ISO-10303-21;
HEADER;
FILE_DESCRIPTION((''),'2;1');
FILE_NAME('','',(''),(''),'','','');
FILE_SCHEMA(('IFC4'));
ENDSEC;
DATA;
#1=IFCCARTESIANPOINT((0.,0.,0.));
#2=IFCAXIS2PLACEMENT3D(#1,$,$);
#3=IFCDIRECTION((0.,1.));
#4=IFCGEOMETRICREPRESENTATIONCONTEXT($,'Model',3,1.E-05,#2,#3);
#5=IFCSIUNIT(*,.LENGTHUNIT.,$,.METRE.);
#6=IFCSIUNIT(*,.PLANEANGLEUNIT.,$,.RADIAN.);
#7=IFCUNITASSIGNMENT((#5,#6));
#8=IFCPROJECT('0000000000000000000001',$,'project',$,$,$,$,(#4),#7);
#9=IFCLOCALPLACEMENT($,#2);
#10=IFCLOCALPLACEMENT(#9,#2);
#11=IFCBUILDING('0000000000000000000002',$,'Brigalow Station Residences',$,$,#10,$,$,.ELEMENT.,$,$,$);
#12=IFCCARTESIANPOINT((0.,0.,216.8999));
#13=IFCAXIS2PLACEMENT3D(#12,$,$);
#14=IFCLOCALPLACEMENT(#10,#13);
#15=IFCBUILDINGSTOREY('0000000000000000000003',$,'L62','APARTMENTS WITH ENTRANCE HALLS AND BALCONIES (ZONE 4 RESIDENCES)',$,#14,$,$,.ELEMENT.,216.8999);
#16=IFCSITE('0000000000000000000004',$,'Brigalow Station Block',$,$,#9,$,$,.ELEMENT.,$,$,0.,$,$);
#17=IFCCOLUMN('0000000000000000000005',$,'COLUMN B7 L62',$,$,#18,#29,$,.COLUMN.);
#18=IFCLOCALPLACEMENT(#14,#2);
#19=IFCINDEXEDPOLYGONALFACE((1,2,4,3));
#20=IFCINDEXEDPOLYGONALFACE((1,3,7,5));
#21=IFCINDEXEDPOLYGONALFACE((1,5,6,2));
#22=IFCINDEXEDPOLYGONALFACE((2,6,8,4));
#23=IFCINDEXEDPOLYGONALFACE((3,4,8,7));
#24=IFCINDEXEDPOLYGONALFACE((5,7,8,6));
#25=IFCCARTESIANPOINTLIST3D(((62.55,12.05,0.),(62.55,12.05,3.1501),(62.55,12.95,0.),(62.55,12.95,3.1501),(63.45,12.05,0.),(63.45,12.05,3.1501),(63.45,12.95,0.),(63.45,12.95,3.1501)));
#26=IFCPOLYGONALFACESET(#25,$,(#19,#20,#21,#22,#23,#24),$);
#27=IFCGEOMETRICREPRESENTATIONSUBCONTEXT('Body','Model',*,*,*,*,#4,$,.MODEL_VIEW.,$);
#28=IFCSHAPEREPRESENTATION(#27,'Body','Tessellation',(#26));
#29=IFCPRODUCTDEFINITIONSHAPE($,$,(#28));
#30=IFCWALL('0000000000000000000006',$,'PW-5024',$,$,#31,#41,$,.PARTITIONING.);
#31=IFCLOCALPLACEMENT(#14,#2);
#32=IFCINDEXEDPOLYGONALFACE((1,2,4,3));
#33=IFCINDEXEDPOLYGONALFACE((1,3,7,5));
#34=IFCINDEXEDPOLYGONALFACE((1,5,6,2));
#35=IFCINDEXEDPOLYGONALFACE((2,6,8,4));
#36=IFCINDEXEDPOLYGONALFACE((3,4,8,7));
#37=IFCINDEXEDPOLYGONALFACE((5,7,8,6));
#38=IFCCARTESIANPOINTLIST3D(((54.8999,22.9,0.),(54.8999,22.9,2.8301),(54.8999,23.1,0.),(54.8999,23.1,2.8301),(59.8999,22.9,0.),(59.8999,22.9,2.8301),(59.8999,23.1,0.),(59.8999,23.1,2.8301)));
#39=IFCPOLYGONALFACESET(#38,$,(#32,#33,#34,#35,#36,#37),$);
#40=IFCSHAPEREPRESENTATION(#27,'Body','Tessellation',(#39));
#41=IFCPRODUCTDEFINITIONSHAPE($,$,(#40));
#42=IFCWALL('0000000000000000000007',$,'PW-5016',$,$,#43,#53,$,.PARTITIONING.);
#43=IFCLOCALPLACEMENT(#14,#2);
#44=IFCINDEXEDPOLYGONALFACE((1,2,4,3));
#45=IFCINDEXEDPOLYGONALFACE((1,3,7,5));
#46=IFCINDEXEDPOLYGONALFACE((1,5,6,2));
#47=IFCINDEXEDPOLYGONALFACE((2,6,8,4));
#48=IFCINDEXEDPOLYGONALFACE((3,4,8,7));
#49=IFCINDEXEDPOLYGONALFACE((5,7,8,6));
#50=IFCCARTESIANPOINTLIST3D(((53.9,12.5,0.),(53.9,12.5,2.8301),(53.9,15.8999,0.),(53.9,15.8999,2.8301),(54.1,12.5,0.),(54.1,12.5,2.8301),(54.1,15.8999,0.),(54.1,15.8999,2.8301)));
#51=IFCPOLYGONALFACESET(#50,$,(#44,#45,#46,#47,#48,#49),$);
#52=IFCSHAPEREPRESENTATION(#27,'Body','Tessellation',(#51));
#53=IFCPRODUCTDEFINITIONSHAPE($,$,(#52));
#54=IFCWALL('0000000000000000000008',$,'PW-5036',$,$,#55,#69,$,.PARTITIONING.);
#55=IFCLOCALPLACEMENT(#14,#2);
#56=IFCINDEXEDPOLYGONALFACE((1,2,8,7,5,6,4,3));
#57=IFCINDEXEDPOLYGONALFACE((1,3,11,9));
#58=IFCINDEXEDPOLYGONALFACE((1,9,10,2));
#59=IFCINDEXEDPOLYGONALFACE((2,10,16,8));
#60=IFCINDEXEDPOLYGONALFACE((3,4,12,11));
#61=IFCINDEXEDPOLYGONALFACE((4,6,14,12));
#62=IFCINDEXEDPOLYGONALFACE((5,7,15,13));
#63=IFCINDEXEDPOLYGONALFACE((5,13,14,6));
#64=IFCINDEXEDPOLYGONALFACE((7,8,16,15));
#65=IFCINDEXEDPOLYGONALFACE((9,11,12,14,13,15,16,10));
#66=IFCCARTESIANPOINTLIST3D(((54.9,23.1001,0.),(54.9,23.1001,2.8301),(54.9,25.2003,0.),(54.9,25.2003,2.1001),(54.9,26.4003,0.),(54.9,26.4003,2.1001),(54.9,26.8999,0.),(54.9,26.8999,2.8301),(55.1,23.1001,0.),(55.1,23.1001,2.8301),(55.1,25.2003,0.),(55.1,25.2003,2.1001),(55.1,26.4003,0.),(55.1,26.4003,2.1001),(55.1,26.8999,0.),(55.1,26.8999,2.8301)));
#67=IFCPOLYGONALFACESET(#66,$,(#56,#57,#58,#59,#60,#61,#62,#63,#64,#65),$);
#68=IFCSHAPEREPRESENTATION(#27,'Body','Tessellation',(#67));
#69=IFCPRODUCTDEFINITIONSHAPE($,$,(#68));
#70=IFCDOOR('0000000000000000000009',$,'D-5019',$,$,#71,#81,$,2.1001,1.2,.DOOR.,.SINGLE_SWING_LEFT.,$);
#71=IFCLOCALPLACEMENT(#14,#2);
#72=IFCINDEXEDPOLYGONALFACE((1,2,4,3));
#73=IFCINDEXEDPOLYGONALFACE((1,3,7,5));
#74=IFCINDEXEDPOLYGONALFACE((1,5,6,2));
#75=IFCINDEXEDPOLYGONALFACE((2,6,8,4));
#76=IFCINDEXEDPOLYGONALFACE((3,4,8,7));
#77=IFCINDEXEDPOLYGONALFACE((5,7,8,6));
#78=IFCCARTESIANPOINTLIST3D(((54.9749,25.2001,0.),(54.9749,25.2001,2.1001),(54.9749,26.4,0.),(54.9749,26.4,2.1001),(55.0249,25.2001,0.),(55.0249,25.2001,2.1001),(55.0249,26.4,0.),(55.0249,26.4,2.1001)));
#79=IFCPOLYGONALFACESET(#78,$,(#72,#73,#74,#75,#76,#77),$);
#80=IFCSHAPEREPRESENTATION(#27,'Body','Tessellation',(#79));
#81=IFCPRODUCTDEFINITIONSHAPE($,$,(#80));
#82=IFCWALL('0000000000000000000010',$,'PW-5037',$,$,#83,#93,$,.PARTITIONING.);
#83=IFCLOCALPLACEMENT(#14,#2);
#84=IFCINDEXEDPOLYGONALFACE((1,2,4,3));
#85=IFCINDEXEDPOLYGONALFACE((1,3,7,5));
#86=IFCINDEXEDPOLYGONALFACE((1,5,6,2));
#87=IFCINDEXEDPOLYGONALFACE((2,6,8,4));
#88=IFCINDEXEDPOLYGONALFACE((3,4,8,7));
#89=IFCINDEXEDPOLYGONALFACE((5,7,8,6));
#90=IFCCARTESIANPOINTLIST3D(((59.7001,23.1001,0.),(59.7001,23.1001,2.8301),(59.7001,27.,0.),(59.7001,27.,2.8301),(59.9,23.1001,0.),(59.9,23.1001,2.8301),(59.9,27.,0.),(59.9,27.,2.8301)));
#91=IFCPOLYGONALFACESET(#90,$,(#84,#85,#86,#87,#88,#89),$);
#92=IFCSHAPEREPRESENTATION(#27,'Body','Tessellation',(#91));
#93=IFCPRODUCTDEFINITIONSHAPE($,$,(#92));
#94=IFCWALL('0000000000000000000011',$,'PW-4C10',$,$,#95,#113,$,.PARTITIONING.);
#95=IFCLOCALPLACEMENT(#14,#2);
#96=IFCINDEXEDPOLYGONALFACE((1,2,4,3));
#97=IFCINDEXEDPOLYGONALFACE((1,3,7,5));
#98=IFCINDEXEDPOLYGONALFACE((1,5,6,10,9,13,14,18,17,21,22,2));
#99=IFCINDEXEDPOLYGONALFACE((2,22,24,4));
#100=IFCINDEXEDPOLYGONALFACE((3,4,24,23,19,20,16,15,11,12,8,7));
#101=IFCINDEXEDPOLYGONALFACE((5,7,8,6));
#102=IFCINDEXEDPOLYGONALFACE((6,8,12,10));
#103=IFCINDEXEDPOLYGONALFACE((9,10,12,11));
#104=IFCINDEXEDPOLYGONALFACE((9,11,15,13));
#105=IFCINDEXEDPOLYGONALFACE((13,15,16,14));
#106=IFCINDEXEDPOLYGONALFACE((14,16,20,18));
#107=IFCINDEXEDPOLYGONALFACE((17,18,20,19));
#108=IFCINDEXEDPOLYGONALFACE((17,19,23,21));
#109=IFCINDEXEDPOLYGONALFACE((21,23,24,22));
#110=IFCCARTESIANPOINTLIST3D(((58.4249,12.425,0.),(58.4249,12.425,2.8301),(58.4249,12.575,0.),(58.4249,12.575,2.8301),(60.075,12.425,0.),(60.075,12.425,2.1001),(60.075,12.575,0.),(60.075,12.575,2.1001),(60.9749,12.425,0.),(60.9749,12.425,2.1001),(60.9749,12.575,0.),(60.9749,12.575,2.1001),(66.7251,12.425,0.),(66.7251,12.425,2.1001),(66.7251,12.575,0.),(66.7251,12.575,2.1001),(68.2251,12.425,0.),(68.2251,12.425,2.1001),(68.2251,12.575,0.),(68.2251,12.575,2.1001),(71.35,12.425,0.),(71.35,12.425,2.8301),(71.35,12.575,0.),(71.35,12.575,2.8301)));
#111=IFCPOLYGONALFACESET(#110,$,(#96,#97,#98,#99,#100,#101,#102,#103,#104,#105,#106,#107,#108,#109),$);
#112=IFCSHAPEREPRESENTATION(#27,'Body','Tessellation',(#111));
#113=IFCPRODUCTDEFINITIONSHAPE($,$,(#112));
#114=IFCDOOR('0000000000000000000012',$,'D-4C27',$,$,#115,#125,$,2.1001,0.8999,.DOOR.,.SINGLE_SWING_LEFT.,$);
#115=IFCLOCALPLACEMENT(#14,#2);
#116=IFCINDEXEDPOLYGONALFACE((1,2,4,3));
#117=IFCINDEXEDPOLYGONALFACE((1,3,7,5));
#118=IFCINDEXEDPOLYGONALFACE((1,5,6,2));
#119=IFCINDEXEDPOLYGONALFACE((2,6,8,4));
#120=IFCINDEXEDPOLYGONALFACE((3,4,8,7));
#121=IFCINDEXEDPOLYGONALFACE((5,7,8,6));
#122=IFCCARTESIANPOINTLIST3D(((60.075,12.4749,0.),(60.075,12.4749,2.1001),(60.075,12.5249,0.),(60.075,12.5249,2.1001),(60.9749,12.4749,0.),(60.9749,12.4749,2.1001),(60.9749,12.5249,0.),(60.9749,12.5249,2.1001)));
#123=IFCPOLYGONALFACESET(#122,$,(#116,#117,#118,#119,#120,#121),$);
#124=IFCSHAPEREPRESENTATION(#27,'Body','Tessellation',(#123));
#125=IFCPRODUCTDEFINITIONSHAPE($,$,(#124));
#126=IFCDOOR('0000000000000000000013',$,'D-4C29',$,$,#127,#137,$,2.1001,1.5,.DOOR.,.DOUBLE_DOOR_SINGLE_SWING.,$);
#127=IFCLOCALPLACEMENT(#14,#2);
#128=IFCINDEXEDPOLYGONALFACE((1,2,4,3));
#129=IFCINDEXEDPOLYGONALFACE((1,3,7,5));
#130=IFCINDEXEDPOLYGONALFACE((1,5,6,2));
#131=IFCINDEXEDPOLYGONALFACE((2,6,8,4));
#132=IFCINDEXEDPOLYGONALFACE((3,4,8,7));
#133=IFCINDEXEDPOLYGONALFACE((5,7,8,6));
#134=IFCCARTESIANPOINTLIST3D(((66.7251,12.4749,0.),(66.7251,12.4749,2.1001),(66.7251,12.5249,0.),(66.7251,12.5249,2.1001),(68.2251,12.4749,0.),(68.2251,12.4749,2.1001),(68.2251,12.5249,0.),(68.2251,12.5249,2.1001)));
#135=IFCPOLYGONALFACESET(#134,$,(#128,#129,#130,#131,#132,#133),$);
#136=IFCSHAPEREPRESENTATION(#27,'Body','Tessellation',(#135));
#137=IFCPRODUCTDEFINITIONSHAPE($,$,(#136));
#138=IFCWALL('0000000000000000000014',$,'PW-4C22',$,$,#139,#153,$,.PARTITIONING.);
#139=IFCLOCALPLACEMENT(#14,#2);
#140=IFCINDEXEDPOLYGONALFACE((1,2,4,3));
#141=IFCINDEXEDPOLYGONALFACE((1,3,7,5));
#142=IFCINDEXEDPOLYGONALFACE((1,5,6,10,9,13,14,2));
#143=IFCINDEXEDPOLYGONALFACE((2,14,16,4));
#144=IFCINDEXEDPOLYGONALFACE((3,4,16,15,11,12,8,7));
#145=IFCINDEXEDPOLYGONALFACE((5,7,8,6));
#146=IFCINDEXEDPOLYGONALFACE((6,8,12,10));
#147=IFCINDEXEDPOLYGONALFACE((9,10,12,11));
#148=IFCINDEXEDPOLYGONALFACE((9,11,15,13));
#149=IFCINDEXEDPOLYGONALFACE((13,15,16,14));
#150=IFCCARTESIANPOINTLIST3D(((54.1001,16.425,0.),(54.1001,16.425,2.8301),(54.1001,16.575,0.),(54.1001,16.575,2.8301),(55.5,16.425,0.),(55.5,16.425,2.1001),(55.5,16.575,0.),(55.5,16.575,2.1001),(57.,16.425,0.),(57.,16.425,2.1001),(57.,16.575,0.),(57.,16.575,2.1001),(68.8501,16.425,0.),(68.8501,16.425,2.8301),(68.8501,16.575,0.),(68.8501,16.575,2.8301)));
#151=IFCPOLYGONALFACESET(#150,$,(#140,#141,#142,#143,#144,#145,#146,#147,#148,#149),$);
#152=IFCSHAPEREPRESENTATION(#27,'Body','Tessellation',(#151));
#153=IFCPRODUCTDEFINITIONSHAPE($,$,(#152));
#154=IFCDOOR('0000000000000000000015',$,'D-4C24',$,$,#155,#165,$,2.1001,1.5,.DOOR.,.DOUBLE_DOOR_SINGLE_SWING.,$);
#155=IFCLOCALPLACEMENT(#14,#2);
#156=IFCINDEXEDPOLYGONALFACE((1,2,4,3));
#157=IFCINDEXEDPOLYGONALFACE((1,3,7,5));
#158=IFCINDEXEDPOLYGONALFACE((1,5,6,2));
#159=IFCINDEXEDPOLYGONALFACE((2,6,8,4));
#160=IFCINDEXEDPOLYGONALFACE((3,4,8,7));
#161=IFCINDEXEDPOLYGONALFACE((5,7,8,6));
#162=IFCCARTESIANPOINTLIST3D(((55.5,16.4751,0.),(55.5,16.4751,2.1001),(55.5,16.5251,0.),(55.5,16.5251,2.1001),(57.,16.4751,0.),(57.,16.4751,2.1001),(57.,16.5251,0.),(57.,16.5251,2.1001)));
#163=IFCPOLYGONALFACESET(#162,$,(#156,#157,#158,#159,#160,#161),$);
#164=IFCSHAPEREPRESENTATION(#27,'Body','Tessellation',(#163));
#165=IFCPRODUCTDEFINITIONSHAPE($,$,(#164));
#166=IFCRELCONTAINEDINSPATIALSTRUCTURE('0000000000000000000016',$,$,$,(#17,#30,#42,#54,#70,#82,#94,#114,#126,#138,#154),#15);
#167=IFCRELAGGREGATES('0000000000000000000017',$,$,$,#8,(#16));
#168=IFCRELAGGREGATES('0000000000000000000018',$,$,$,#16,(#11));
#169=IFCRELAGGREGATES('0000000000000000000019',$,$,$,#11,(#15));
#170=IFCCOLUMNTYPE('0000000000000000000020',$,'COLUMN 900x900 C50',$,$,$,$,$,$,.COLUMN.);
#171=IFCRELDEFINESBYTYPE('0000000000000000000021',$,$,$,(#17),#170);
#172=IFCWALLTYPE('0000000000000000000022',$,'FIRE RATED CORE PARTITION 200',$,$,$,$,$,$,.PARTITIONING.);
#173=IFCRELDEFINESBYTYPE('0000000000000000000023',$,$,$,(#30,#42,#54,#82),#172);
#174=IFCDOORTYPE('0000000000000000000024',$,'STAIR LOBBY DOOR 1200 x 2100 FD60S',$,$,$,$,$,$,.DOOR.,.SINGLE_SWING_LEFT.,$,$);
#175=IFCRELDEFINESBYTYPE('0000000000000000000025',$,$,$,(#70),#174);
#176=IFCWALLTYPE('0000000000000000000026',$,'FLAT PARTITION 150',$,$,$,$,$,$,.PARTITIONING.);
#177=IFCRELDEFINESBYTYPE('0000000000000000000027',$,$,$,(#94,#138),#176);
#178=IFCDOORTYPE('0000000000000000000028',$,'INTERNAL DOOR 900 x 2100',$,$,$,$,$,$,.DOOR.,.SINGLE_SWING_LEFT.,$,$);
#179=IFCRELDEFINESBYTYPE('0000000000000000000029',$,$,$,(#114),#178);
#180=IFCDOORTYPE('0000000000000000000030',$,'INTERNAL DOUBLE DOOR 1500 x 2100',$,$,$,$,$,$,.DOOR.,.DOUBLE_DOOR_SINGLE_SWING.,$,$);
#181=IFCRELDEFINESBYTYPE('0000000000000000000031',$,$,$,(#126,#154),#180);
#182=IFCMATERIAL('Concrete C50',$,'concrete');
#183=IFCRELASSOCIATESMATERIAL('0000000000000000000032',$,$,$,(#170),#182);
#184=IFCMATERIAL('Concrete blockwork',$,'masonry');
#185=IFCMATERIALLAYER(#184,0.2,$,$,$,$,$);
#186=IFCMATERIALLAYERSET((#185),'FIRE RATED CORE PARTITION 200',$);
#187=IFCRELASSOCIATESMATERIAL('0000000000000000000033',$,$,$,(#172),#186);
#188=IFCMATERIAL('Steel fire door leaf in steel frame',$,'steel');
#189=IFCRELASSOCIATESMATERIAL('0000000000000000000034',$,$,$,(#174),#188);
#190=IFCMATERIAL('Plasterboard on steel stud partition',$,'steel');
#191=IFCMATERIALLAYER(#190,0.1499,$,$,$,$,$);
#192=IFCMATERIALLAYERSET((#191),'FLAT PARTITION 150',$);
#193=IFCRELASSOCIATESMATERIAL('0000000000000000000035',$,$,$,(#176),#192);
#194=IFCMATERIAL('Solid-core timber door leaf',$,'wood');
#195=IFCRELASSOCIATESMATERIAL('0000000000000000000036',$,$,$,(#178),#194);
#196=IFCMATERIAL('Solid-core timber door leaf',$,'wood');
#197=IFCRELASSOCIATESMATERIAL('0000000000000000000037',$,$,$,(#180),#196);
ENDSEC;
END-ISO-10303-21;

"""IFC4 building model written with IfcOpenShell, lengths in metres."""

from ifc_helpers import new_model, si_unit, direction, frame, frame_2d, origin, origin_2d, place, context, subcontext, project, spatial, rectangle, extrude, material, layer, layer_set, material_profile, profile_set, type_object, element, fill, save


model = new_model("IFC4")

# Units and contexts
model_context = context("Model", 3, precision=1e-05, world=origin(), true_north=direction((0.0, 1.0)))
body_context = subcontext(model_context, "Body", "Model", "MODEL_VIEW")
ifc_project = project(units=[si_unit("LENGTHUNIT", "METRE"), si_unit("PLANEANGLEUNIT", "RADIAN")], contexts=[model_context])

# Site, building, storey
site_placement = place(None, origin())
site = spatial("IfcSite", under=ifc_project, at=site_placement, Name="Brigalow Station Block", CompositionType="ELEMENT", RefElevation=0.0)
building_placement = place(site_placement, origin())
building = spatial("IfcBuilding", under=site, at=building_placement, Name="Brigalow Station Residences", CompositionType="ELEMENT")
storey_placement = place(building_placement, frame((0.0, 0.0, 216.8999)))
storey = spatial("IfcBuildingStorey", under=building, at=storey_placement, Name="L62", Description="APARTMENTS WITH ENTRANCE HALLS AND BALCONIES (ZONE 4 RESIDENCES)", CompositionType="ELEMENT", Elevation=216.8999)

# Column
ifc_material_1 = material(Name="Concrete C50", Category="concrete")
ifc_material_profile = material_profile(ifc_material_1, rectangle(XDim=0.8999, YDim=0.8999, at=origin_2d()), Name="RC900x900")
ifc_profile_set = profile_set([ifc_material_profile], Name="Concrete C50")
column_type = type_object("IfcColumnType", Name="COLUMN 900x900 C50", PredefinedType="COLUMN", material=ifc_profile_set)
column_placement = place(storey_placement, frame((63.0, 12.5, 0.0), z_axis=(0.0, 0.0, 1.0), x_axis=(1.0, 0.0, 0.0)))
element("IfcColumn", 1, at=column_placement, inside=storey, type_object=column_type, Name="COLUMN B7 L62", PredefinedType="COLUMN", context=body_context, shape_type="SweptSolid", body=[
    extrude(rectangle(XDim=0.8999, YDim=0.8999, at=origin_2d()), origin(), (0.0, 0.0, 1.0), 3.1501),
])

# Walls
ifc_material_2 = material(Name="Concrete blockwork", Category="masonry")
ifc_layer_1 = layer(ifc_material_2, 0.2)
ifc_layer_set_1 = layer_set([ifc_layer_1], Name="FIRE RATED CORE PARTITION 200")
wall_type_1 = type_object("IfcWallType", Name="FIRE RATED CORE PARTITION 200", PredefinedType="PARTITIONING", material=ifc_layer_set_1)
wall_1_placement = place(storey_placement, frame((54.8999, 23.0, 0.0), z_axis=(0.0, 0.0, 1.0), x_axis=(1.0, 0.0, 0.0)))
element("IfcWall", 2, at=wall_1_placement, inside=storey, type_object=wall_type_1, Name="PW-5024", PredefinedType="PARTITIONING", context=body_context, shape_type="SweptSolid", body=[
    extrude(rectangle(XDim=5.0, YDim=0.2, at=frame_2d((2.5, 0.0))), origin(), (0.0, 0.0, 1.0), 2.8301),
])
wall_2_placement = place(storey_placement, frame((54.0, 12.5, 0.0), z_axis=(0.0, 0.0, 1.0), x_axis=(0.0, 1.0, 0.0)))
element("IfcWall", 3, at=wall_2_placement, inside=storey, type_object=wall_type_1, Name="PW-5016", PredefinedType="PARTITIONING", context=body_context, shape_type="SweptSolid", body=[
    extrude(rectangle(XDim=3.3999, YDim=0.2, at=frame_2d((1.7, 0.0))), origin(), (0.0, 0.0, 1.0), 2.8301),
])

# Wall, opening, door
wall_3_placement = place(storey_placement, frame((55.0, 23.1001, 0.0), z_axis=(0.0, 0.0, 1.0), x_axis=(0.0, 1.0, 0.0)))
wall_3 = element("IfcWall", 4, at=wall_3_placement, inside=storey, type_object=wall_type_1, Name="PW-5036", PredefinedType="PARTITIONING", context=body_context, shape_type="SweptSolid", body=[
    extrude(rectangle(XDim=3.7998, YDim=0.2, at=frame_2d((1.8999, 0.0))), origin(), (0.0, 0.0, 1.0), 2.8301),
])
opening_1_placement = place(wall_3_placement, frame((2.1001, 0.0, 0.0)))
opening_1 = element("IfcOpeningElement", 5, at=opening_1_placement, cuts=wall_3, PredefinedType="OPENING", context=body_context, shape_type="SweptSolid", body=[
    extrude(rectangle(XDim=1.2, YDim=2.1001, at=frame_2d((0.6001, 1.05))), frame((0.0, 0.1099, 0.0), z_axis=(0.0, -1.0, 0.0), x_axis=(1.0, 0.0, 0.0)), (0.0, 0.0, 1.0), 0.22),
])
ifc_material_3 = material(Name="Steel fire door leaf in steel frame", Category="steel")
door_type_1 = type_object("IfcDoorType", Name="STAIR LOBBY DOOR 1200 x 2100 FD60S", OperationType="SINGLE_SWING_LEFT", PredefinedType="DOOR", material=ifc_material_3)
door_1_placement = place(opening_1_placement, frame((1.2, 0.0, 0.0), z_axis=(0.0, 0.0, 1.0), x_axis=(-1.0, 0.0, 0.0)))
door_1 = element("IfcDoor", 6, at=door_1_placement, inside=storey, type_object=door_type_1, Name="D-5019", OperationType="SINGLE_SWING_LEFT", OverallHeight=2.1001, OverallWidth=1.2, PredefinedType="DOOR", context=body_context, shape_type="SweptSolid", body=[
    extrude(rectangle(XDim=1.2, YDim=2.1001, at=frame_2d((0.6001, 1.05))), frame((0.0, 0.0249, 0.0), z_axis=(0.0, -1.0, 0.0), x_axis=(1.0, 0.0, 0.0)), (0.0, 0.0, 1.0), 0.05),
])
fill(opening_1, door_1)

# Wall
wall_4_placement = place(storey_placement, frame((59.8, 23.1001, 0.0), z_axis=(0.0, 0.0, 1.0), x_axis=(0.0, 1.0, 0.0)))
element("IfcWall", 7, at=wall_4_placement, inside=storey, type_object=wall_type_1, Name="PW-5037", PredefinedType="PARTITIONING", context=body_context, shape_type="SweptSolid", body=[
    extrude(rectangle(XDim=3.8999, YDim=0.2, at=frame_2d((1.95, 0.0))), origin(), (0.0, 0.0, 1.0), 2.8301),
])

# Wall, openings, doors
ifc_material_4 = material(Name="Plasterboard on steel stud partition", Category="steel")
ifc_layer_2 = layer(ifc_material_4, 0.1499)
ifc_layer_set_2 = layer_set([ifc_layer_2], Name="FLAT PARTITION 150")
wall_type_2 = type_object("IfcWallType", Name="FLAT PARTITION 150", PredefinedType="PARTITIONING", material=ifc_layer_set_2)
wall_5_placement = place(storey_placement, frame((58.425, 12.5, 0.0), z_axis=(0.0, 0.0, 1.0), x_axis=(1.0, 0.0, 0.0)))
wall_5 = element("IfcWall", 8, at=wall_5_placement, inside=storey, type_object=wall_type_2, Name="PW-4C10", PredefinedType="PARTITIONING", context=body_context, shape_type="SweptSolid", body=[
    extrude(rectangle(XDim=12.925, YDim=0.1499, at=frame_2d((6.4624, 0.0))), origin(), (0.0, 0.0, 1.0), 2.8301),
])
opening_2_placement = place(wall_5_placement, frame((1.6499, 0.0, 0.0)))
opening_2 = element("IfcOpeningElement", 9, at=opening_2_placement, cuts=wall_5, PredefinedType="OPENING", context=body_context, shape_type="SweptSolid", body=[
    extrude(rectangle(XDim=0.8999, YDim=2.1001, at=frame_2d((0.45, 1.05))), frame((0.0, 0.085, 0.0), z_axis=(0.0, -1.0, 0.0), x_axis=(1.0, 0.0, 0.0)), (0.0, 0.0, 1.0), 0.1699),
])
opening_3_placement = place(wall_5_placement, frame((8.3, 0.0, 0.0)))
opening_3 = element("IfcOpeningElement", 10, at=opening_3_placement, cuts=wall_5, PredefinedType="OPENING", context=body_context, shape_type="SweptSolid", body=[
    extrude(rectangle(XDim=1.5, YDim=2.1001, at=frame_2d((0.75, 1.05))), frame((0.0, 0.085, 0.0), z_axis=(0.0, -1.0, 0.0), x_axis=(1.0, 0.0, 0.0)), (0.0, 0.0, 1.0), 0.1699),
])
ifc_material_5 = material(Name="Solid-core timber door leaf", Category="wood")
door_type_2 = type_object("IfcDoorType", Name="INTERNAL DOOR 900 x 2100", OperationType="SINGLE_SWING_LEFT", PredefinedType="DOOR", material=ifc_material_5)
door_2_placement = place(opening_2_placement, origin())
door_2 = element("IfcDoor", 11, at=door_2_placement, inside=storey, type_object=door_type_2, Name="D-4C27", OperationType="SINGLE_SWING_LEFT", OverallHeight=2.1001, OverallWidth=0.8999, PredefinedType="DOOR", context=body_context, shape_type="SweptSolid", body=[
    extrude(rectangle(XDim=0.8999, YDim=2.1001, at=frame_2d((0.45, 1.05))), frame((0.0, 0.0249, 0.0), z_axis=(0.0, -1.0, 0.0), x_axis=(1.0, 0.0, 0.0)), (0.0, 0.0, 1.0), 0.05),
])
fill(opening_2, door_2)
ifc_material_6 = material(Name="Solid-core timber door leaf", Category="wood")
door_type_3 = type_object("IfcDoorType", Name="INTERNAL DOUBLE DOOR 1500 x 2100", OperationType="DOUBLE_DOOR_SINGLE_SWING", PredefinedType="DOOR", material=ifc_material_6)
door_3_placement = place(opening_3_placement, origin())
door_3 = element("IfcDoor", 12, at=door_3_placement, inside=storey, type_object=door_type_3, Name="D-4C29", OperationType="DOUBLE_DOOR_SINGLE_SWING", OverallHeight=2.1001, OverallWidth=1.5, PredefinedType="DOOR", context=body_context, shape_type="SweptSolid", body=[
    extrude(rectangle(XDim=1.5, YDim=2.1001, at=frame_2d((0.75, 1.05))), frame((0.0, 0.0249, 0.0), z_axis=(0.0, -1.0, 0.0), x_axis=(1.0, 0.0, 0.0)), (0.0, 0.0, 1.0), 0.05),
])
fill(opening_3, door_3)

# Wall, opening, door
wall_6_placement = place(storey_placement, frame((54.1001, 16.5, 0.0), z_axis=(0.0, 0.0, 1.0), x_axis=(1.0, 0.0, 0.0)))
wall_6 = element("IfcWall", 13, at=wall_6_placement, inside=storey, type_object=wall_type_2, Name="PW-4C22", PredefinedType="PARTITIONING", context=body_context, shape_type="SweptSolid", body=[
    extrude(rectangle(XDim=14.75, YDim=0.1499, at=frame_2d((7.375, 0.0))), origin(), (0.0, 0.0, 1.0), 2.8301),
])
opening_4_placement = place(wall_6_placement, frame((1.3999, 0.0, 0.0)))
opening_4 = element("IfcOpeningElement", 14, at=opening_4_placement, cuts=wall_6, PredefinedType="OPENING", context=body_context, shape_type="SweptSolid", body=[
    extrude(rectangle(XDim=1.5, YDim=2.1001, at=frame_2d((0.75, 1.05))), frame((0.0, 0.085, 0.0), z_axis=(0.0, -1.0, 0.0), x_axis=(1.0, 0.0, 0.0)), (0.0, 0.0, 1.0), 0.1699),
])
door_4_placement = place(opening_4_placement, frame((1.5, 0.0, 0.0), z_axis=(0.0, 0.0, 1.0), x_axis=(-1.0, 0.0, 0.0)))
door_4 = element("IfcDoor", 15, at=door_4_placement, inside=storey, type_object=door_type_3, Name="D-4C24", OperationType="DOUBLE_DOOR_SINGLE_SWING", OverallHeight=2.1001, OverallWidth=1.5, PredefinedType="DOOR", context=body_context, shape_type="SweptSolid", body=[
    extrude(rectangle(XDim=1.5, YDim=2.1001, at=frame_2d((0.75, 1.05))), frame((0.0, 0.0249, 0.0), z_axis=(0.0, -1.0, 0.0), x_axis=(1.0, 0.0, 0.0)), (0.0, 0.0, 1.0), 0.05),
])
fill(opening_4, door_4)

save(model, "model.ifc")
